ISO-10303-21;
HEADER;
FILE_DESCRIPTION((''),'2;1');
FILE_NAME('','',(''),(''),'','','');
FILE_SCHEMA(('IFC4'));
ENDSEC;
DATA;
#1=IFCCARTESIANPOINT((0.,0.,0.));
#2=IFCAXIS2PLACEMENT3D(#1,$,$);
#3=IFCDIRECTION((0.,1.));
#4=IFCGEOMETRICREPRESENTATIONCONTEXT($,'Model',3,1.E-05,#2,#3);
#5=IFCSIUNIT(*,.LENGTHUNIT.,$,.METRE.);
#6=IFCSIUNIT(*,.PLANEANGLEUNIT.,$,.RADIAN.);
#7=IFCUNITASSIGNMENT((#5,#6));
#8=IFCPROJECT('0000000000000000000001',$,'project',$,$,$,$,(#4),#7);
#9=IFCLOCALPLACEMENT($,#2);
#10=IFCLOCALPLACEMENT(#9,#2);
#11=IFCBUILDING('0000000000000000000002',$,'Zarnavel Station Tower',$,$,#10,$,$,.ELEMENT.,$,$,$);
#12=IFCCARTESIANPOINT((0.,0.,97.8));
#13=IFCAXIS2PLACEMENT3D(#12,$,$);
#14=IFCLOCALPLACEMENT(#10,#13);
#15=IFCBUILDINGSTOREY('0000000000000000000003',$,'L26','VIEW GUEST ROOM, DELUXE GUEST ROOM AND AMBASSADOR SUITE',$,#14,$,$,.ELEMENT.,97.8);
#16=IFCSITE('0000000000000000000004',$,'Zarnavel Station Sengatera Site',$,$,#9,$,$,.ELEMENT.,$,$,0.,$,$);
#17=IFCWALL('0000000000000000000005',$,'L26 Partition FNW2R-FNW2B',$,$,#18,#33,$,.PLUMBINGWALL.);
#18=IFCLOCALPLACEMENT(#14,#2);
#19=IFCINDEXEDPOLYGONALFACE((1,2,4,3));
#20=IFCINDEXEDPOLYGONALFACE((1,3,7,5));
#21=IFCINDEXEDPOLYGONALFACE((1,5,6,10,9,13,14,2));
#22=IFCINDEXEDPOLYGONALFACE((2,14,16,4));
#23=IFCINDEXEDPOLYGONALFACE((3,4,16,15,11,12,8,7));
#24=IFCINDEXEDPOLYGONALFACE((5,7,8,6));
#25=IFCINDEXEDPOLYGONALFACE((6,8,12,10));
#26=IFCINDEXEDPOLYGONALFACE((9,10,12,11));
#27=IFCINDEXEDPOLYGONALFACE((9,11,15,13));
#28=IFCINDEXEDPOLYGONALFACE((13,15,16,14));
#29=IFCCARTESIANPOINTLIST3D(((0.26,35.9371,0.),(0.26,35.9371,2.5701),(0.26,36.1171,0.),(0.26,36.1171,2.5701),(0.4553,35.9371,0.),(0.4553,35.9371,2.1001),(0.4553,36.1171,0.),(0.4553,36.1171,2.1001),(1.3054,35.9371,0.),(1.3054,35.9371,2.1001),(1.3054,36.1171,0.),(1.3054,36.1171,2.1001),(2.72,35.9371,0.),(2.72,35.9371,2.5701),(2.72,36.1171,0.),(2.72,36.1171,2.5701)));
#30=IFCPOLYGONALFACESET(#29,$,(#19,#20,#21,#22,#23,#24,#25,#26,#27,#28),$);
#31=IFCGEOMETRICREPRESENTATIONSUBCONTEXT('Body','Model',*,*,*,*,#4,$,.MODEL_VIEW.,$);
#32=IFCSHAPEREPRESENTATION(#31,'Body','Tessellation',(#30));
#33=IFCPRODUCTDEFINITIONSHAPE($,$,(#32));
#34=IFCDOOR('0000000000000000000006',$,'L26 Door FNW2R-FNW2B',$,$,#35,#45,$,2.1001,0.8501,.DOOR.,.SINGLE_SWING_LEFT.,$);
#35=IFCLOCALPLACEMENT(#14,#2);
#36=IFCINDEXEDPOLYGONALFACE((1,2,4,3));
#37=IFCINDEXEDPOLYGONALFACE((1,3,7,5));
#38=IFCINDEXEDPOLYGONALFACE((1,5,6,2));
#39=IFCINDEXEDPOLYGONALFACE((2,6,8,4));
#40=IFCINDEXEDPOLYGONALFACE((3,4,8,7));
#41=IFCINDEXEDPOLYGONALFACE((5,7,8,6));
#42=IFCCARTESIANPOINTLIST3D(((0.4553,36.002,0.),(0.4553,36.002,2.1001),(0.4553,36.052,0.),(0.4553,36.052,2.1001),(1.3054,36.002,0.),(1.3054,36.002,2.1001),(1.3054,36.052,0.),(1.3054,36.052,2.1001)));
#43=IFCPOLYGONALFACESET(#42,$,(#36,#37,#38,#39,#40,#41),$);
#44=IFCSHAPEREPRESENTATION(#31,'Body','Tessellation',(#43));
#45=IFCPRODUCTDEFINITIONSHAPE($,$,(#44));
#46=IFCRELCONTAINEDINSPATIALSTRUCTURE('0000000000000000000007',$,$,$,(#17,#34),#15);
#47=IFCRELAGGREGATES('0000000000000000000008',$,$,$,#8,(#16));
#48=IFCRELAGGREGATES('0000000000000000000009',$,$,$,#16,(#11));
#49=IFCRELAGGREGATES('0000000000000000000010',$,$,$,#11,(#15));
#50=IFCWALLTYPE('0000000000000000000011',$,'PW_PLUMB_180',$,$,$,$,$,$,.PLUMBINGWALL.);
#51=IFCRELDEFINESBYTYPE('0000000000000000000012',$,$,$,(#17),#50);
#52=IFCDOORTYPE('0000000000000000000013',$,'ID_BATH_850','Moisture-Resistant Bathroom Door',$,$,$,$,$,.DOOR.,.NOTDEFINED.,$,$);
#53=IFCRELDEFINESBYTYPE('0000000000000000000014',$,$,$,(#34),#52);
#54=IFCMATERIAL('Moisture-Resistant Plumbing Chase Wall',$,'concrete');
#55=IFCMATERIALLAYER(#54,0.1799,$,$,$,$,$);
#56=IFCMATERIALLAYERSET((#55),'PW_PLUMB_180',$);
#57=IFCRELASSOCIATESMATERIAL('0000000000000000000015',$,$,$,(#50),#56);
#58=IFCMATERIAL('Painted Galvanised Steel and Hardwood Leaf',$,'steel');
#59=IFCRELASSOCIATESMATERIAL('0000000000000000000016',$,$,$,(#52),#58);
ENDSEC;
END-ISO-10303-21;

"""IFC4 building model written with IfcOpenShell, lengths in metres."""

from ifc_helpers import new_model, si_unit, direction, frame, frame_2d, origin, place, context, subcontext, project, spatial, rectangle, extrude, material, layer, layer_set, type_object, element, fill, save


model = new_model("IFC4")

# Units and contexts
model_context = context("Model", 3, precision=1e-05, world=origin(), true_north=direction((0.0, 1.0)))
body_context = subcontext(model_context, "Body", "Model", "MODEL_VIEW")
ifc_project = project(units=[si_unit("LENGTHUNIT", "METRE"), si_unit("PLANEANGLEUNIT", "RADIAN")], contexts=[model_context])

# Site, building, storey
site_placement = place(None, origin())
site = spatial("IfcSite", under=ifc_project, at=site_placement, Name="Zarnavel Station Sengatera Site", CompositionType="ELEMENT", RefElevation=0.0)
building_placement = place(site_placement, origin())
building = spatial("IfcBuilding", under=site, at=building_placement, Name="Zarnavel Station Tower", CompositionType="ELEMENT")
storey_placement = place(building_placement, frame((0.0, 0.0, 97.8)))
storey = spatial("IfcBuildingStorey", under=building, at=storey_placement, Name="L26", Description="VIEW GUEST ROOM, DELUXE GUEST ROOM AND AMBASSADOR SUITE", CompositionType="ELEMENT", Elevation=97.8)

# Shared definitions
ifc_material_1 = material(Name="Moisture-Resistant Plumbing Chase Wall", Category="concrete")
ifc_layer_1 = layer(ifc_material_1, 0.1799)
ifc_layer_set_1 = layer_set([ifc_layer_1], Name="PW_PLUMB_180")
wall_type_1 = type_object("IfcWallType", Name="PW_PLUMB_180", PredefinedType="PLUMBINGWALL", material=ifc_layer_set_1)
ifc_material_2 = material(Name="Painted Galvanised Steel and Hardwood Leaf", Category="steel")
door_type_1 = type_object("IfcDoorType", Name="ID_BATH_850", Description="Moisture-Resistant Bathroom Door", OperationType="NOTDEFINED", PredefinedType="DOOR", material=ifc_material_2)

# Wall, opening, door
wall_1_placement = place(storey_placement, frame((0.26, 36.0271, 0.0), z_axis=(0.0, 0.0, 1.0), x_axis=(1.0, 0.0, 0.0)))
wall_1 = element("IfcWall", 1, at=wall_1_placement, inside=storey, type_object=wall_type_1, Name="L26 Partition FNW2R-FNW2B", PredefinedType="PLUMBINGWALL", context=body_context, shape_type="SweptSolid", body=[
    extrude(rectangle(XDim=2.46, YDim=0.1799, at=frame_2d((1.23, 0.0))), origin(), (0.0, 0.0, 1.0), 2.5701),
])
opening_1_placement = place(wall_1_placement, frame((0.1953, 0.0, 0.0)))
opening_1 = element("IfcOpeningElement", 2, at=opening_1_placement, cuts=wall_1, PredefinedType="OPENING", context=body_context, shape_type="SweptSolid", body=[
    extrude(rectangle(XDim=0.8501, YDim=2.1001, at=frame_2d((0.425, 1.05))), frame((0.0, 0.0999, 0.0), z_axis=(0.0, -1.0, 0.0), x_axis=(1.0, 0.0, 0.0)), (0.0, 0.0, 1.0), 0.2),
])
door_1_placement = place(opening_1_placement, origin())
door_1 = element("IfcDoor", 3, at=door_1_placement, inside=storey, type_object=door_type_1, Name="L26 Door FNW2R-FNW2B", OperationType="SINGLE_SWING_LEFT", OverallHeight=2.1001, OverallWidth=0.8501, PredefinedType="DOOR", context=body_context, shape_type="SweptSolid", body=[
    extrude(rectangle(XDim=0.8501, YDim=2.1001, at=frame_2d((0.425, 1.05))), frame((0.0, 0.0249, 0.0), z_axis=(0.0, -1.0, 0.0), x_axis=(1.0, 0.0, 0.0)), (0.0, 0.0, 1.0), 0.05),
])
fill(opening_1, door_1)

save(model, "model.ifc")
